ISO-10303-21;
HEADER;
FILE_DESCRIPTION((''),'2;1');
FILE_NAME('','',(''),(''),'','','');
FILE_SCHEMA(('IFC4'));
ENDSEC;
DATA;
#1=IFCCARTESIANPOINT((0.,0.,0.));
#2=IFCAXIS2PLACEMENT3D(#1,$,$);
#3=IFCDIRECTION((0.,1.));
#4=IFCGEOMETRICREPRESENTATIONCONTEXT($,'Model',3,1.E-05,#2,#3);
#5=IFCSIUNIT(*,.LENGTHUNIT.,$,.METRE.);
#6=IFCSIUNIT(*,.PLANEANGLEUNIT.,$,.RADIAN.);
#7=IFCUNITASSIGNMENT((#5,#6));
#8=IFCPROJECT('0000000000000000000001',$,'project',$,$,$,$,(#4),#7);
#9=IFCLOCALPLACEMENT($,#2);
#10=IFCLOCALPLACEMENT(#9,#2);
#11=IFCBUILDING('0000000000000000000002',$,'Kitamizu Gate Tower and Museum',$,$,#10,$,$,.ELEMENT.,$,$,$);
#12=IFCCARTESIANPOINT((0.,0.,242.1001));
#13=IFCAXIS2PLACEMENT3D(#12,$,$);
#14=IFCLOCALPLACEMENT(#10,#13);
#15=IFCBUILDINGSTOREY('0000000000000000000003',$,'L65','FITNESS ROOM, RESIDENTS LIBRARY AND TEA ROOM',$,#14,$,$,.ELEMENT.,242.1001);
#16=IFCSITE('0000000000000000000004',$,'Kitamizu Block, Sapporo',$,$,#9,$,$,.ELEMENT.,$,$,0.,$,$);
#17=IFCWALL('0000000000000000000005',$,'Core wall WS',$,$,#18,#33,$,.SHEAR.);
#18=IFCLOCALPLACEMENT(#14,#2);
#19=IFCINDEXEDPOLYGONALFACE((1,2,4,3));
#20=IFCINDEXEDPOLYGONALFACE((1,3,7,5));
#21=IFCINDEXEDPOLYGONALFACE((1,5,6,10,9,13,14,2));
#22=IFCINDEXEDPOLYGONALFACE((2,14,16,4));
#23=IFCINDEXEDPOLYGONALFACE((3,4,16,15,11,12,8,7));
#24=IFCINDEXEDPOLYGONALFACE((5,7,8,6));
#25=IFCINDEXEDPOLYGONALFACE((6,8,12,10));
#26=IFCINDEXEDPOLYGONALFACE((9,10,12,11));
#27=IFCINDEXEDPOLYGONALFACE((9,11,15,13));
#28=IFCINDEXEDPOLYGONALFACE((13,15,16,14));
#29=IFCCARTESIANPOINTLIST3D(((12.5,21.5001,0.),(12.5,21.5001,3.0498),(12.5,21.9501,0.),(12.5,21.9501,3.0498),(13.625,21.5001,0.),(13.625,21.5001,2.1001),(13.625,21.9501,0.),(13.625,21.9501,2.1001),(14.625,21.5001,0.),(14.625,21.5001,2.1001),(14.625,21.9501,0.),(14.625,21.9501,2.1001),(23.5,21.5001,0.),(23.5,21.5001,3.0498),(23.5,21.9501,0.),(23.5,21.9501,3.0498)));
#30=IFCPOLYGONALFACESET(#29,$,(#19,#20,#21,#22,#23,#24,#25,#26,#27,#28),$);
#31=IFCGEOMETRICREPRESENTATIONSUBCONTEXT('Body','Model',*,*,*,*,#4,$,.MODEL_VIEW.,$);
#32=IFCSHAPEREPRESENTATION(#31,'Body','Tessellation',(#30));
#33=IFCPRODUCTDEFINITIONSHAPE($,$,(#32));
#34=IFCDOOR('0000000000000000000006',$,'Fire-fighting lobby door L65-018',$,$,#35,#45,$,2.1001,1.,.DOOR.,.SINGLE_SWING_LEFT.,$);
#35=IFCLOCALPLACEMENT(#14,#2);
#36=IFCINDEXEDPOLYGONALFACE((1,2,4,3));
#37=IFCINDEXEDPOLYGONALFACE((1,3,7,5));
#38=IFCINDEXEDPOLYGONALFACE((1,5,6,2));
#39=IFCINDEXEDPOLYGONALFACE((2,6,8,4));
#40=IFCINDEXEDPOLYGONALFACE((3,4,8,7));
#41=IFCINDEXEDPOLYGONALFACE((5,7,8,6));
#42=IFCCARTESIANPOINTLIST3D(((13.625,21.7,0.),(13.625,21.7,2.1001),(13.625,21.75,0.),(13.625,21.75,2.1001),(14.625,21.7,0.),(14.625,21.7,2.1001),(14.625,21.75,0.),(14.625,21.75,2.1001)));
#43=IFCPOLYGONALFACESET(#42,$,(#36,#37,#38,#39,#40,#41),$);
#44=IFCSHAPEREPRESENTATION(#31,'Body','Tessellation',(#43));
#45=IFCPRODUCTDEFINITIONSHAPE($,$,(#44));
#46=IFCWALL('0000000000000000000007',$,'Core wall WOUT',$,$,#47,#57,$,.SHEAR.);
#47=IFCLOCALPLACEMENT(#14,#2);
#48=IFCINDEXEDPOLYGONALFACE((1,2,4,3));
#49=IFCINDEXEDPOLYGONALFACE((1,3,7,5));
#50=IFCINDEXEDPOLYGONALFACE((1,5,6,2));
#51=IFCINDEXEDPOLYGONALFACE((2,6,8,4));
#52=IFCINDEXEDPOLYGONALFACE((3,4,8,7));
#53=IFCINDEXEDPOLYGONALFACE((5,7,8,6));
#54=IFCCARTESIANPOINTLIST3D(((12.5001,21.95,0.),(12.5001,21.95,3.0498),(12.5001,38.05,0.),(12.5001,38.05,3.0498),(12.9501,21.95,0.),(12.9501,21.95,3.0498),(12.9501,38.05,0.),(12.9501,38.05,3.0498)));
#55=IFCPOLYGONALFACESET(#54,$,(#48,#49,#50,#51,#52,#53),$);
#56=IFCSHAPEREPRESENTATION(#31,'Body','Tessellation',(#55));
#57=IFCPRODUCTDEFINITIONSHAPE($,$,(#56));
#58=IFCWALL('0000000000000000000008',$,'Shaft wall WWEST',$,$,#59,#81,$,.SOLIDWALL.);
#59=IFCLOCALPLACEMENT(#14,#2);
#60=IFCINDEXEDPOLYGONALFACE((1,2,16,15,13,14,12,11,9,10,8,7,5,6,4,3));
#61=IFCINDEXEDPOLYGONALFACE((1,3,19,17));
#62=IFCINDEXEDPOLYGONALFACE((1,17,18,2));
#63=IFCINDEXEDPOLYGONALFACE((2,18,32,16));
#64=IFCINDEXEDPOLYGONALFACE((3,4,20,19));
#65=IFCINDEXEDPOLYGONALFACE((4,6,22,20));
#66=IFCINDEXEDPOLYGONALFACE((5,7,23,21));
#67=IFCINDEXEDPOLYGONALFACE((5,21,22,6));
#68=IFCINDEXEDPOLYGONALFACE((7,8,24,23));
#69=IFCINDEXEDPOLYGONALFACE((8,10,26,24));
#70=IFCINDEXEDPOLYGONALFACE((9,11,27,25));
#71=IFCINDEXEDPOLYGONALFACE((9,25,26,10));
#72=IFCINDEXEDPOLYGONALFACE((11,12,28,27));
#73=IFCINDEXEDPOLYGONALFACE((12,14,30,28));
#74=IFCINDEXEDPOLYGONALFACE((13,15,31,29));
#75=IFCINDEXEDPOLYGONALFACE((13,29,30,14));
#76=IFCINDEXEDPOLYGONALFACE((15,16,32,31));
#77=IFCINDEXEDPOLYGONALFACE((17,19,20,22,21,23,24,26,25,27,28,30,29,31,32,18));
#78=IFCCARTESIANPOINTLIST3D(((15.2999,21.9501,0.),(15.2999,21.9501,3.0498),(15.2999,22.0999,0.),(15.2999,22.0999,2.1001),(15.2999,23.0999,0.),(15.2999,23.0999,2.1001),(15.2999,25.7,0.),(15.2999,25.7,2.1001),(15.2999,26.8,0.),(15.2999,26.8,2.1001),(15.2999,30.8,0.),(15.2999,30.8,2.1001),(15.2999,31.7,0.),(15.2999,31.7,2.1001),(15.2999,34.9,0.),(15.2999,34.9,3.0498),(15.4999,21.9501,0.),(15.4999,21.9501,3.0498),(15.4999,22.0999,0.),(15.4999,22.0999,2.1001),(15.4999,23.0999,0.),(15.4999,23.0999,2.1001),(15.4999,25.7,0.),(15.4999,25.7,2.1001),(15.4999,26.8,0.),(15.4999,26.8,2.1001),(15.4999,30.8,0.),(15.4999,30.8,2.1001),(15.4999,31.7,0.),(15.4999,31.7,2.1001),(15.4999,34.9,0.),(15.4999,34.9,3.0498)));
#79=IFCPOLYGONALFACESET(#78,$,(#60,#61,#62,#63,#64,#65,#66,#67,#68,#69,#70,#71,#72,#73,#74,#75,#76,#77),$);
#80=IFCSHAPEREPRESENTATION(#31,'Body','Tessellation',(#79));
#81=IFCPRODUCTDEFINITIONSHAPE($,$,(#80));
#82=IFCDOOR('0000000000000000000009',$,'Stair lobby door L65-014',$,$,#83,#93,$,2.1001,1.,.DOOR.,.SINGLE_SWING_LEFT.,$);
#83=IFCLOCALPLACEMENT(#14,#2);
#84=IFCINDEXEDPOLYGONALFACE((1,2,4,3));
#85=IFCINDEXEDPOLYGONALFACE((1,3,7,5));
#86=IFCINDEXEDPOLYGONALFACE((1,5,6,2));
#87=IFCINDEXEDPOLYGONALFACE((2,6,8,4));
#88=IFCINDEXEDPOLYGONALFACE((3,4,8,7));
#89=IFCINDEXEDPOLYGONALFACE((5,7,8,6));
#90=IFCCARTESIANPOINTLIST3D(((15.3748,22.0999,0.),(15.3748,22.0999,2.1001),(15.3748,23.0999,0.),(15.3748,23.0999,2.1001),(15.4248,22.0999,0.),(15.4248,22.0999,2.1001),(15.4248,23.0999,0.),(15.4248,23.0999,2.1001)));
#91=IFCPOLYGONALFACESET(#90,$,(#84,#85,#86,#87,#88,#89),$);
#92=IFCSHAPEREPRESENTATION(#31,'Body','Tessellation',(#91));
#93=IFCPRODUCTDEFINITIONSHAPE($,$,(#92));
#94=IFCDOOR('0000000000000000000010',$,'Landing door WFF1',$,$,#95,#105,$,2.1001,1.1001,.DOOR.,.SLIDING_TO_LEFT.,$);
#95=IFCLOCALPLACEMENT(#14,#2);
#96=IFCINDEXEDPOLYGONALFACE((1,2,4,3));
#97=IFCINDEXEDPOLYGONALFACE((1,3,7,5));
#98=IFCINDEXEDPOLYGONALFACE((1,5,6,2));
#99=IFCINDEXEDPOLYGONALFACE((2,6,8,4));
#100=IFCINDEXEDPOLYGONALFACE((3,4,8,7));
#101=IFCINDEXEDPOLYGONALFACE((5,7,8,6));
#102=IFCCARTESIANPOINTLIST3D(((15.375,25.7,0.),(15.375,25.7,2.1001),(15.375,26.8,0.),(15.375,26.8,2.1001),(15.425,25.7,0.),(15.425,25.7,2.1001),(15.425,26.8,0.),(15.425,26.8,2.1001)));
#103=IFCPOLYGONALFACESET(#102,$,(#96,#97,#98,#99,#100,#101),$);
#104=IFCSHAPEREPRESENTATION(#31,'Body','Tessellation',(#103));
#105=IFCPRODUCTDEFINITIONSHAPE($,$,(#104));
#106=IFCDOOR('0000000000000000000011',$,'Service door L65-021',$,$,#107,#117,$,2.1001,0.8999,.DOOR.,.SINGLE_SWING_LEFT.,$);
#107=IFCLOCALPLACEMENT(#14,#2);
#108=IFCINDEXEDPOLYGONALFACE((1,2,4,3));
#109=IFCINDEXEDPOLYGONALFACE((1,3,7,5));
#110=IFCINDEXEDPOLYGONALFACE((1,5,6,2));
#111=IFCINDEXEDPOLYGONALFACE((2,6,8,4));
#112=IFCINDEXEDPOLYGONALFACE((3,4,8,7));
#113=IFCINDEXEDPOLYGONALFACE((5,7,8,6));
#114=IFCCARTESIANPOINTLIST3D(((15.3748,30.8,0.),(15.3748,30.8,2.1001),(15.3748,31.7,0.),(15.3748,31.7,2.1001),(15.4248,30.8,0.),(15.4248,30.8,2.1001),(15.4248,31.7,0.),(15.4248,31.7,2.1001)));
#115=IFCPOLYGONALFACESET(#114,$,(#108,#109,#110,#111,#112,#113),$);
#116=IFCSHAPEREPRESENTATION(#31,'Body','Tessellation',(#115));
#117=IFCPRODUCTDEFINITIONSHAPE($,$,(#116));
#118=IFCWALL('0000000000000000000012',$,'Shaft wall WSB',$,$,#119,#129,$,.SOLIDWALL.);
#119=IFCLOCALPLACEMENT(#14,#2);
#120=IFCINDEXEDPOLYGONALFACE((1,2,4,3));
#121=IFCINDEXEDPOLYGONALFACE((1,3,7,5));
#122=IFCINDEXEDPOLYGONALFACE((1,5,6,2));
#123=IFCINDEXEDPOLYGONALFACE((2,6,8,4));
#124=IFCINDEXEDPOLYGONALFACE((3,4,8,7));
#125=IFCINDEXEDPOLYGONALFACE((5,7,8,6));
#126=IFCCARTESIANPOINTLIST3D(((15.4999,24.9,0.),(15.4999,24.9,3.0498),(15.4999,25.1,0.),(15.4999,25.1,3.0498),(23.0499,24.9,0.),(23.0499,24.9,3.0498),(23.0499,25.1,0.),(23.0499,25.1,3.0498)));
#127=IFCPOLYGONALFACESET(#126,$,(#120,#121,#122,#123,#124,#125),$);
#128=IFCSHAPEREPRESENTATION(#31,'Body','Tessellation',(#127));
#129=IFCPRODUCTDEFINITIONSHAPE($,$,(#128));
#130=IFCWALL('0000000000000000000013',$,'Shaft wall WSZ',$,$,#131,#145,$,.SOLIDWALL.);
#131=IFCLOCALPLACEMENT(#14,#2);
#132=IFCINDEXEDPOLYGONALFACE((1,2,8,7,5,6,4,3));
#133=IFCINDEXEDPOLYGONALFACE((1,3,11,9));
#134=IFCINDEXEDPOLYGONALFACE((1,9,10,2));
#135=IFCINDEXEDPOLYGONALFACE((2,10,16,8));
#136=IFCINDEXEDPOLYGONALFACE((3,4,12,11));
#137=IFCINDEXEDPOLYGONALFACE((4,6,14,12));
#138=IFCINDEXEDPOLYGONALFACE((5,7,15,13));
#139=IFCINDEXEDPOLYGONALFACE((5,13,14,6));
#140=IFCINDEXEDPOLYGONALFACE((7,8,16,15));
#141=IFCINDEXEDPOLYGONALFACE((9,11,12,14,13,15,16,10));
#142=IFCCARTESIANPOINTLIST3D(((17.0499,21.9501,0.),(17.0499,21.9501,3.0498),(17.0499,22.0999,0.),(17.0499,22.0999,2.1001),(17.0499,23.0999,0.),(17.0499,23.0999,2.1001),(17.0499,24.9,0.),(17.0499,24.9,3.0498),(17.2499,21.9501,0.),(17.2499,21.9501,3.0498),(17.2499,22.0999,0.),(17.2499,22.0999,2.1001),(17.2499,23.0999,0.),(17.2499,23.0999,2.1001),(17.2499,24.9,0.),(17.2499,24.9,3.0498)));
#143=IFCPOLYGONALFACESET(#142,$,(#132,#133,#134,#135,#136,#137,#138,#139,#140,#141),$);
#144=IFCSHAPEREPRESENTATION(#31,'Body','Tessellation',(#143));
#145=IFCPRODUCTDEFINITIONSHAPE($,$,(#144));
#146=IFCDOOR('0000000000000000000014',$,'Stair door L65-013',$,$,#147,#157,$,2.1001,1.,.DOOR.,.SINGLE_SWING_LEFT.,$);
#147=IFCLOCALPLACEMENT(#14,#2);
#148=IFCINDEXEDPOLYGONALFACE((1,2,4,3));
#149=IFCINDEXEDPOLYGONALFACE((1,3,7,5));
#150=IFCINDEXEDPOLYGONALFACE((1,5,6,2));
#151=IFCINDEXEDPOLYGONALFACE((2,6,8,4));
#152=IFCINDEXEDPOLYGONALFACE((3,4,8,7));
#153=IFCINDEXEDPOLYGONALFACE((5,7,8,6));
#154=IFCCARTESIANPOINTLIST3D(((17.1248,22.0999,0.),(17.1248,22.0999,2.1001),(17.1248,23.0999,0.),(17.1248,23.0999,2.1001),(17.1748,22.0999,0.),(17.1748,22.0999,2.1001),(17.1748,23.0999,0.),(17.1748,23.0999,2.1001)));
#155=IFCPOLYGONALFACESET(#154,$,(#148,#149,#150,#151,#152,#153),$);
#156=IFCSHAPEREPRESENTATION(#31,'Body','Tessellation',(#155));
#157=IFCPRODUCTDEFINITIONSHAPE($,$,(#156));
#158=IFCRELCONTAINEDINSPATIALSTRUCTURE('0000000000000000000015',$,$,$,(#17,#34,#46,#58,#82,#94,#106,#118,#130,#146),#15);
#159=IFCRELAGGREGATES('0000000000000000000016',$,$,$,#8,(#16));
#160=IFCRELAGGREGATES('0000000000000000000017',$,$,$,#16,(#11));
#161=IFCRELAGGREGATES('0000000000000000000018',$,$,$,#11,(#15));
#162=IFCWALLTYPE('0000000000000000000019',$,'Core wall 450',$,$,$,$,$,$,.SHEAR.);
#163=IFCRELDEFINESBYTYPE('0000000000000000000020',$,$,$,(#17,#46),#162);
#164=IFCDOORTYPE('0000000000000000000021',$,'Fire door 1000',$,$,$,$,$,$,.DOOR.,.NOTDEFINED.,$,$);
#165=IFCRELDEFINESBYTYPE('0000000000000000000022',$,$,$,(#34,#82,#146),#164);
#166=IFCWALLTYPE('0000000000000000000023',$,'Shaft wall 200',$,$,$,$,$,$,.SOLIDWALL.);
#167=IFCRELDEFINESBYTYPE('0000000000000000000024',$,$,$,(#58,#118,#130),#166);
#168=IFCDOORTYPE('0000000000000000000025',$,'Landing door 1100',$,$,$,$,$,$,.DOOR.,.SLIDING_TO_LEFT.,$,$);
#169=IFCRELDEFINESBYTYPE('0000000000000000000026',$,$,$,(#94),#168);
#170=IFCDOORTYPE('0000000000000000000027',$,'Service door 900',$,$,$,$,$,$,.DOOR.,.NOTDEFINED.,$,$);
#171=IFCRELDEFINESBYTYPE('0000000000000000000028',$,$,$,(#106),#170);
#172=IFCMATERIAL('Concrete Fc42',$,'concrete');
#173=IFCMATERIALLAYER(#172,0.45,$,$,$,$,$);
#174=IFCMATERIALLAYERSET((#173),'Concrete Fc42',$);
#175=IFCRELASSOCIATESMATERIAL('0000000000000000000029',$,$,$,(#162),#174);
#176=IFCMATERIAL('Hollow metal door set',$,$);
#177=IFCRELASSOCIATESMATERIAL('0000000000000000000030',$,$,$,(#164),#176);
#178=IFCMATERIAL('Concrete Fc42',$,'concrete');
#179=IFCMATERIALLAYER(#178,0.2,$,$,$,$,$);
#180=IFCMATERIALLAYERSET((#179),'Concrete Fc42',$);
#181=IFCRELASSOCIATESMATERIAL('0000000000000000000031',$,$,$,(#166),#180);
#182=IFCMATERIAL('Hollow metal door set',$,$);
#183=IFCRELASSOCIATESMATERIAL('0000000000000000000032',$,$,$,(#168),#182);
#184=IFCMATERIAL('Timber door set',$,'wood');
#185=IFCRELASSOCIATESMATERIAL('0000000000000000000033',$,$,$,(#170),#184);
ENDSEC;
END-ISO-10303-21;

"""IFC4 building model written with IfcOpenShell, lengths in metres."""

from ifc_helpers import new_model, si_unit, direction, frame, frame_2d, origin, place, context, subcontext, project, spatial, rectangle, extrude, material, layer, layer_set, type_object, element, fill, save


model = new_model("IFC4")

# Units and contexts
model_context = context("Model", 3, precision=1e-05, world=origin(), true_north=direction((0.0, 1.0)))
body_context = subcontext(model_context, "Body", "Model", "MODEL_VIEW")
ifc_project = project(units=[si_unit("LENGTHUNIT", "METRE"), si_unit("PLANEANGLEUNIT", "RADIAN")], contexts=[model_context])

# Site, building, storey
site_placement = place(None, origin())
site = spatial("IfcSite", under=ifc_project, at=site_placement, Name="Kitamizu Block, Sapporo", CompositionType="ELEMENT", RefElevation=0.0)
building_placement = place(site_placement, origin())
building = spatial("IfcBuilding", under=site, at=building_placement, Name="Kitamizu Gate Tower and Museum", CompositionType="ELEMENT")
storey_placement = place(building_placement, frame((0.0, 0.0, 242.1001)))
storey = spatial("IfcBuildingStorey", under=building, at=storey_placement, Name="L65", Description="FITNESS ROOM, RESIDENTS LIBRARY AND TEA ROOM", CompositionType="ELEMENT", Elevation=242.1001)

# Wall, opening, door
ifc_material_1 = material(Name="Concrete Fc42", Category="concrete")
ifc_layer_1 = layer(ifc_material_1, 0.45)
ifc_layer_set_1 = layer_set([ifc_layer_1], Name="Concrete Fc42")
wall_type_1 = type_object("IfcWallType", Name="Core wall 450", PredefinedType="SHEAR", material=ifc_layer_set_1)
wall_1_placement = place(storey_placement, frame((12.5, 21.7251, 0.0), z_axis=(0.0, 0.0, 1.0), x_axis=(1.0, 0.0, 0.0)))
wall_1 = element("IfcWall", 1, at=wall_1_placement, inside=storey, type_object=wall_type_1, Name="Core wall WS", PredefinedType="SHEAR", context=body_context, shape_type="SweptSolid", body=[
    extrude(rectangle(XDim=11.0, YDim=0.45, at=frame_2d((5.5, 0.0))), origin(), (0.0, 0.0, 1.0), 3.0498),
])
opening_1_placement = place(wall_1_placement, frame((1.125, 0.0, 0.0)))
opening_1 = element("IfcOpeningElement", 2, at=opening_1_placement, cuts=wall_1, PredefinedType="OPENING", context=body_context, shape_type="SweptSolid", body=[
    extrude(rectangle(XDim=1.0, YDim=2.1001, at=frame_2d((0.5, 1.05))), frame((0.0, 0.2349, 0.0), z_axis=(0.0, -1.0, 0.0), x_axis=(1.0, 0.0, 0.0)), (0.0, 0.0, 1.0), 0.47),
])
ifc_material_2 = material(Name="Hollow metal door set")
door_type_1 = type_object("IfcDoorType", Name="Fire door 1000", OperationType="NOTDEFINED", PredefinedType="DOOR", material=ifc_material_2)
door_1_placement = place(opening_1_placement, origin())
door_1 = element("IfcDoor", 3, at=door_1_placement, inside=storey, type_object=door_type_1, Name="Fire-fighting lobby door L65-018", OperationType="SINGLE_SWING_LEFT", OverallHeight=2.1001, OverallWidth=1.0, PredefinedType="DOOR", context=body_context, shape_type="SweptSolid", body=[
    extrude(rectangle(XDim=1.0, YDim=2.1001, at=frame_2d((0.5, 1.05))), frame((0.0, 0.0249, 0.0), z_axis=(0.0, -1.0, 0.0), x_axis=(1.0, 0.0, 0.0)), (0.0, 0.0, 1.0), 0.05),
])
fill(opening_1, door_1)

# Wall
wall_2_placement = place(storey_placement, frame((12.7251, 21.95, 0.0), z_axis=(0.0, 0.0, 1.0), x_axis=(0.0, 1.0, 0.0)))
element("IfcWall", 4, at=wall_2_placement, inside=storey, type_object=wall_type_1, Name="Core wall WOUT", PredefinedType="SHEAR", context=body_context, shape_type="SweptSolid", body=[
    extrude(rectangle(XDim=16.1001, YDim=0.45, at=frame_2d((8.05, 0.0))), origin(), (0.0, 0.0, 1.0), 3.0498),
])

# Wall, openings, doors
ifc_material_3 = material(Name="Concrete Fc42", Category="concrete")
ifc_layer_2 = layer(ifc_material_3, 0.2)
ifc_layer_set_2 = layer_set([ifc_layer_2], Name="Concrete Fc42")
wall_type_2 = type_object("IfcWallType", Name="Shaft wall 200", PredefinedType="SOLIDWALL", material=ifc_layer_set_2)
wall_3_placement = place(storey_placement, frame((15.3999, 21.95, 0.0), z_axis=(0.0, 0.0, 1.0), x_axis=(0.0, 1.0, 0.0)))
wall_3 = element("IfcWall", 5, at=wall_3_placement, inside=storey, type_object=wall_type_2, Name="Shaft wall WWEST", PredefinedType="SOLIDWALL", context=body_context, shape_type="SweptSolid", body=[
    extrude(rectangle(XDim=12.95, YDim=0.2, at=frame_2d((6.4751, 0.0))), origin(), (0.0, 0.0, 1.0), 3.0498),
])
opening_2_placement = place(wall_3_placement, frame((3.75, 0.0, 0.0)))
opening_2 = element("IfcOpeningElement", 6, at=opening_2_placement, cuts=wall_3, PredefinedType="OPENING", context=body_context, shape_type="SweptSolid", body=[
    extrude(rectangle(XDim=1.1001, YDim=2.1001, at=frame_2d((0.55, 1.05))), frame((0.0, 0.1099, 0.0), z_axis=(0.0, -1.0, 0.0), x_axis=(1.0, 0.0, 0.0)), (0.0, 0.0, 1.0), 0.22),
])
opening_3_placement = place(wall_3_placement, frame((0.1499, 0.0, 0.0)))
opening_3 = element("IfcOpeningElement", 7, at=opening_3_placement, cuts=wall_3, PredefinedType="OPENING", context=body_context, shape_type="SweptSolid", body=[
    extrude(rectangle(XDim=1.0, YDim=2.1001, at=frame_2d((0.5, 1.05))), frame((0.0, 0.1099, 0.0), z_axis=(0.0, -1.0, 0.0), x_axis=(1.0, 0.0, 0.0)), (0.0, 0.0, 1.0), 0.22),
])
opening_4_placement = place(wall_3_placement, frame((8.8501, 0.0, 0.0)))
opening_4 = element("IfcOpeningElement", 8, at=opening_4_placement, cuts=wall_3, PredefinedType="OPENING", context=body_context, shape_type="SweptSolid", body=[
    extrude(rectangle(XDim=0.8999, YDim=2.1001, at=frame_2d((0.45, 1.05))), frame((0.0, 0.1099, 0.0), z_axis=(0.0, -1.0, 0.0), x_axis=(1.0, 0.0, 0.0)), (0.0, 0.0, 1.0), 0.22),
])
door_2_placement = place(opening_3_placement, frame((1.0, 0.0, 0.0), x_axis=(-1.0, 0.0, 0.0)))
door_2 = element("IfcDoor", 9, at=door_2_placement, inside=storey, type_object=door_type_1, Name="Stair lobby door L65-014", OperationType="SINGLE_SWING_LEFT", OverallHeight=2.1001, OverallWidth=1.0, PredefinedType="DOOR", context=body_context, shape_type="SweptSolid", body=[
    extrude(rectangle(XDim=1.0, YDim=2.1001, at=frame_2d((0.5, 1.05))), frame((0.0, 0.0249, 0.0), z_axis=(0.0, -1.0, 0.0), x_axis=(1.0, 0.0, 0.0)), (0.0, 0.0, 1.0), 0.05),
])
fill(opening_3, door_2)
ifc_material_4 = material(Name="Hollow metal door set")
door_type_2 = type_object("IfcDoorType", Name="Landing door 1100", OperationType="SLIDING_TO_LEFT", PredefinedType="DOOR", material=ifc_material_4)
door_3_placement = place(opening_2_placement, origin())
door_3 = element("IfcDoor", 10, at=door_3_placement, inside=storey, type_object=door_type_2, Name="Landing door WFF1", OperationType="SLIDING_TO_LEFT", OverallHeight=2.1001, OverallWidth=1.1001, PredefinedType="DOOR", context=body_context, shape_type="SweptSolid", body=[
    extrude(rectangle(XDim=1.1001, YDim=2.1001, at=frame_2d((0.55, 1.05))), frame((0.0, 0.0249, 0.0), z_axis=(0.0, -1.0, 0.0), x_axis=(1.0, 0.0, 0.0)), (0.0, 0.0, 1.0), 0.05),
])
fill(opening_2, door_3)
ifc_material_5 = material(Name="Timber door set", Category="wood")
door_type_3 = type_object("IfcDoorType", Name="Service door 900", OperationType="NOTDEFINED", PredefinedType="DOOR", material=ifc_material_5)
door_4_placement = place(opening_4_placement, frame((0.8999, 0.0, 0.0), x_axis=(-1.0, 0.0, 0.0)))
door_4 = element("IfcDoor", 11, at=door_4_placement, inside=storey, type_object=door_type_3, Name="Service door L65-021", OperationType="SINGLE_SWING_LEFT", OverallHeight=2.1001, OverallWidth=0.8999, PredefinedType="DOOR", context=body_context, shape_type="SweptSolid", body=[
    extrude(rectangle(XDim=0.8999, YDim=2.1001, at=frame_2d((0.45, 1.05))), frame((0.0, 0.0249, 0.0), z_axis=(0.0, -1.0, 0.0), x_axis=(1.0, 0.0, 0.0)), (0.0, 0.0, 1.0), 0.05),
])
fill(opening_4, door_4)

# Wall
wall_4_placement = place(storey_placement, frame((15.5, 25.0, 0.0), z_axis=(0.0, 0.0, 1.0), x_axis=(1.0, 0.0, 0.0)))
element("IfcWall", 12, at=wall_4_placement, inside=storey, type_object=wall_type_2, Name="Shaft wall WSB", PredefinedType="SOLIDWALL", context=body_context, shape_type="SweptSolid", body=[
    extrude(rectangle(XDim=7.55, YDim=0.2, at=frame_2d((3.7749, 0.0))), origin(), (0.0, 0.0, 1.0), 3.0498),
])

# Wall, opening, door
wall_5_placement = place(storey_placement, frame((17.1499, 21.95, 0.0), z_axis=(0.0, 0.0, 1.0), x_axis=(0.0, 1.0, 0.0)))
wall_5 = element("IfcWall", 13, at=wall_5_placement, inside=storey, type_object=wall_type_2, Name="Shaft wall WSZ", PredefinedType="SOLIDWALL", context=body_context, shape_type="SweptSolid", body=[
    extrude(rectangle(XDim=2.95, YDim=0.2, at=frame_2d((1.4751, 0.0))), origin(), (0.0, 0.0, 1.0), 3.0498),
])
opening_5_placement = place(wall_5_placement, frame((0.1499, 0.0, 0.0)))
opening_5 = element("IfcOpeningElement", 14, at=opening_5_placement, cuts=wall_5, PredefinedType="OPENING", context=body_context, shape_type="SweptSolid", body=[
    extrude(rectangle(XDim=1.0, YDim=2.1001, at=frame_2d((0.5, 1.05))), frame((0.0, 0.1099, 0.0), z_axis=(0.0, -1.0, 0.0), x_axis=(1.0, 0.0, 0.0)), (0.0, 0.0, 1.0), 0.22),
])
door_5_placement = place(opening_5_placement, frame((1.0, 0.0, 0.0), x_axis=(-1.0, 0.0, 0.0)))
door_5 = element("IfcDoor", 15, at=door_5_placement, inside=storey, type_object=door_type_1, Name="Stair door L65-013", OperationType="SINGLE_SWING_LEFT", OverallHeight=2.1001, OverallWidth=1.0, PredefinedType="DOOR", context=body_context, shape_type="SweptSolid", body=[
    extrude(rectangle(XDim=1.0, YDim=2.1001, at=frame_2d((0.5, 1.05))), frame((0.0, 0.0249, 0.0), z_axis=(0.0, -1.0, 0.0), x_axis=(1.0, 0.0, 0.0)), (0.0, 0.0, 1.0), 0.05),
])
fill(opening_5, door_5)

save(model, "model.ifc")
